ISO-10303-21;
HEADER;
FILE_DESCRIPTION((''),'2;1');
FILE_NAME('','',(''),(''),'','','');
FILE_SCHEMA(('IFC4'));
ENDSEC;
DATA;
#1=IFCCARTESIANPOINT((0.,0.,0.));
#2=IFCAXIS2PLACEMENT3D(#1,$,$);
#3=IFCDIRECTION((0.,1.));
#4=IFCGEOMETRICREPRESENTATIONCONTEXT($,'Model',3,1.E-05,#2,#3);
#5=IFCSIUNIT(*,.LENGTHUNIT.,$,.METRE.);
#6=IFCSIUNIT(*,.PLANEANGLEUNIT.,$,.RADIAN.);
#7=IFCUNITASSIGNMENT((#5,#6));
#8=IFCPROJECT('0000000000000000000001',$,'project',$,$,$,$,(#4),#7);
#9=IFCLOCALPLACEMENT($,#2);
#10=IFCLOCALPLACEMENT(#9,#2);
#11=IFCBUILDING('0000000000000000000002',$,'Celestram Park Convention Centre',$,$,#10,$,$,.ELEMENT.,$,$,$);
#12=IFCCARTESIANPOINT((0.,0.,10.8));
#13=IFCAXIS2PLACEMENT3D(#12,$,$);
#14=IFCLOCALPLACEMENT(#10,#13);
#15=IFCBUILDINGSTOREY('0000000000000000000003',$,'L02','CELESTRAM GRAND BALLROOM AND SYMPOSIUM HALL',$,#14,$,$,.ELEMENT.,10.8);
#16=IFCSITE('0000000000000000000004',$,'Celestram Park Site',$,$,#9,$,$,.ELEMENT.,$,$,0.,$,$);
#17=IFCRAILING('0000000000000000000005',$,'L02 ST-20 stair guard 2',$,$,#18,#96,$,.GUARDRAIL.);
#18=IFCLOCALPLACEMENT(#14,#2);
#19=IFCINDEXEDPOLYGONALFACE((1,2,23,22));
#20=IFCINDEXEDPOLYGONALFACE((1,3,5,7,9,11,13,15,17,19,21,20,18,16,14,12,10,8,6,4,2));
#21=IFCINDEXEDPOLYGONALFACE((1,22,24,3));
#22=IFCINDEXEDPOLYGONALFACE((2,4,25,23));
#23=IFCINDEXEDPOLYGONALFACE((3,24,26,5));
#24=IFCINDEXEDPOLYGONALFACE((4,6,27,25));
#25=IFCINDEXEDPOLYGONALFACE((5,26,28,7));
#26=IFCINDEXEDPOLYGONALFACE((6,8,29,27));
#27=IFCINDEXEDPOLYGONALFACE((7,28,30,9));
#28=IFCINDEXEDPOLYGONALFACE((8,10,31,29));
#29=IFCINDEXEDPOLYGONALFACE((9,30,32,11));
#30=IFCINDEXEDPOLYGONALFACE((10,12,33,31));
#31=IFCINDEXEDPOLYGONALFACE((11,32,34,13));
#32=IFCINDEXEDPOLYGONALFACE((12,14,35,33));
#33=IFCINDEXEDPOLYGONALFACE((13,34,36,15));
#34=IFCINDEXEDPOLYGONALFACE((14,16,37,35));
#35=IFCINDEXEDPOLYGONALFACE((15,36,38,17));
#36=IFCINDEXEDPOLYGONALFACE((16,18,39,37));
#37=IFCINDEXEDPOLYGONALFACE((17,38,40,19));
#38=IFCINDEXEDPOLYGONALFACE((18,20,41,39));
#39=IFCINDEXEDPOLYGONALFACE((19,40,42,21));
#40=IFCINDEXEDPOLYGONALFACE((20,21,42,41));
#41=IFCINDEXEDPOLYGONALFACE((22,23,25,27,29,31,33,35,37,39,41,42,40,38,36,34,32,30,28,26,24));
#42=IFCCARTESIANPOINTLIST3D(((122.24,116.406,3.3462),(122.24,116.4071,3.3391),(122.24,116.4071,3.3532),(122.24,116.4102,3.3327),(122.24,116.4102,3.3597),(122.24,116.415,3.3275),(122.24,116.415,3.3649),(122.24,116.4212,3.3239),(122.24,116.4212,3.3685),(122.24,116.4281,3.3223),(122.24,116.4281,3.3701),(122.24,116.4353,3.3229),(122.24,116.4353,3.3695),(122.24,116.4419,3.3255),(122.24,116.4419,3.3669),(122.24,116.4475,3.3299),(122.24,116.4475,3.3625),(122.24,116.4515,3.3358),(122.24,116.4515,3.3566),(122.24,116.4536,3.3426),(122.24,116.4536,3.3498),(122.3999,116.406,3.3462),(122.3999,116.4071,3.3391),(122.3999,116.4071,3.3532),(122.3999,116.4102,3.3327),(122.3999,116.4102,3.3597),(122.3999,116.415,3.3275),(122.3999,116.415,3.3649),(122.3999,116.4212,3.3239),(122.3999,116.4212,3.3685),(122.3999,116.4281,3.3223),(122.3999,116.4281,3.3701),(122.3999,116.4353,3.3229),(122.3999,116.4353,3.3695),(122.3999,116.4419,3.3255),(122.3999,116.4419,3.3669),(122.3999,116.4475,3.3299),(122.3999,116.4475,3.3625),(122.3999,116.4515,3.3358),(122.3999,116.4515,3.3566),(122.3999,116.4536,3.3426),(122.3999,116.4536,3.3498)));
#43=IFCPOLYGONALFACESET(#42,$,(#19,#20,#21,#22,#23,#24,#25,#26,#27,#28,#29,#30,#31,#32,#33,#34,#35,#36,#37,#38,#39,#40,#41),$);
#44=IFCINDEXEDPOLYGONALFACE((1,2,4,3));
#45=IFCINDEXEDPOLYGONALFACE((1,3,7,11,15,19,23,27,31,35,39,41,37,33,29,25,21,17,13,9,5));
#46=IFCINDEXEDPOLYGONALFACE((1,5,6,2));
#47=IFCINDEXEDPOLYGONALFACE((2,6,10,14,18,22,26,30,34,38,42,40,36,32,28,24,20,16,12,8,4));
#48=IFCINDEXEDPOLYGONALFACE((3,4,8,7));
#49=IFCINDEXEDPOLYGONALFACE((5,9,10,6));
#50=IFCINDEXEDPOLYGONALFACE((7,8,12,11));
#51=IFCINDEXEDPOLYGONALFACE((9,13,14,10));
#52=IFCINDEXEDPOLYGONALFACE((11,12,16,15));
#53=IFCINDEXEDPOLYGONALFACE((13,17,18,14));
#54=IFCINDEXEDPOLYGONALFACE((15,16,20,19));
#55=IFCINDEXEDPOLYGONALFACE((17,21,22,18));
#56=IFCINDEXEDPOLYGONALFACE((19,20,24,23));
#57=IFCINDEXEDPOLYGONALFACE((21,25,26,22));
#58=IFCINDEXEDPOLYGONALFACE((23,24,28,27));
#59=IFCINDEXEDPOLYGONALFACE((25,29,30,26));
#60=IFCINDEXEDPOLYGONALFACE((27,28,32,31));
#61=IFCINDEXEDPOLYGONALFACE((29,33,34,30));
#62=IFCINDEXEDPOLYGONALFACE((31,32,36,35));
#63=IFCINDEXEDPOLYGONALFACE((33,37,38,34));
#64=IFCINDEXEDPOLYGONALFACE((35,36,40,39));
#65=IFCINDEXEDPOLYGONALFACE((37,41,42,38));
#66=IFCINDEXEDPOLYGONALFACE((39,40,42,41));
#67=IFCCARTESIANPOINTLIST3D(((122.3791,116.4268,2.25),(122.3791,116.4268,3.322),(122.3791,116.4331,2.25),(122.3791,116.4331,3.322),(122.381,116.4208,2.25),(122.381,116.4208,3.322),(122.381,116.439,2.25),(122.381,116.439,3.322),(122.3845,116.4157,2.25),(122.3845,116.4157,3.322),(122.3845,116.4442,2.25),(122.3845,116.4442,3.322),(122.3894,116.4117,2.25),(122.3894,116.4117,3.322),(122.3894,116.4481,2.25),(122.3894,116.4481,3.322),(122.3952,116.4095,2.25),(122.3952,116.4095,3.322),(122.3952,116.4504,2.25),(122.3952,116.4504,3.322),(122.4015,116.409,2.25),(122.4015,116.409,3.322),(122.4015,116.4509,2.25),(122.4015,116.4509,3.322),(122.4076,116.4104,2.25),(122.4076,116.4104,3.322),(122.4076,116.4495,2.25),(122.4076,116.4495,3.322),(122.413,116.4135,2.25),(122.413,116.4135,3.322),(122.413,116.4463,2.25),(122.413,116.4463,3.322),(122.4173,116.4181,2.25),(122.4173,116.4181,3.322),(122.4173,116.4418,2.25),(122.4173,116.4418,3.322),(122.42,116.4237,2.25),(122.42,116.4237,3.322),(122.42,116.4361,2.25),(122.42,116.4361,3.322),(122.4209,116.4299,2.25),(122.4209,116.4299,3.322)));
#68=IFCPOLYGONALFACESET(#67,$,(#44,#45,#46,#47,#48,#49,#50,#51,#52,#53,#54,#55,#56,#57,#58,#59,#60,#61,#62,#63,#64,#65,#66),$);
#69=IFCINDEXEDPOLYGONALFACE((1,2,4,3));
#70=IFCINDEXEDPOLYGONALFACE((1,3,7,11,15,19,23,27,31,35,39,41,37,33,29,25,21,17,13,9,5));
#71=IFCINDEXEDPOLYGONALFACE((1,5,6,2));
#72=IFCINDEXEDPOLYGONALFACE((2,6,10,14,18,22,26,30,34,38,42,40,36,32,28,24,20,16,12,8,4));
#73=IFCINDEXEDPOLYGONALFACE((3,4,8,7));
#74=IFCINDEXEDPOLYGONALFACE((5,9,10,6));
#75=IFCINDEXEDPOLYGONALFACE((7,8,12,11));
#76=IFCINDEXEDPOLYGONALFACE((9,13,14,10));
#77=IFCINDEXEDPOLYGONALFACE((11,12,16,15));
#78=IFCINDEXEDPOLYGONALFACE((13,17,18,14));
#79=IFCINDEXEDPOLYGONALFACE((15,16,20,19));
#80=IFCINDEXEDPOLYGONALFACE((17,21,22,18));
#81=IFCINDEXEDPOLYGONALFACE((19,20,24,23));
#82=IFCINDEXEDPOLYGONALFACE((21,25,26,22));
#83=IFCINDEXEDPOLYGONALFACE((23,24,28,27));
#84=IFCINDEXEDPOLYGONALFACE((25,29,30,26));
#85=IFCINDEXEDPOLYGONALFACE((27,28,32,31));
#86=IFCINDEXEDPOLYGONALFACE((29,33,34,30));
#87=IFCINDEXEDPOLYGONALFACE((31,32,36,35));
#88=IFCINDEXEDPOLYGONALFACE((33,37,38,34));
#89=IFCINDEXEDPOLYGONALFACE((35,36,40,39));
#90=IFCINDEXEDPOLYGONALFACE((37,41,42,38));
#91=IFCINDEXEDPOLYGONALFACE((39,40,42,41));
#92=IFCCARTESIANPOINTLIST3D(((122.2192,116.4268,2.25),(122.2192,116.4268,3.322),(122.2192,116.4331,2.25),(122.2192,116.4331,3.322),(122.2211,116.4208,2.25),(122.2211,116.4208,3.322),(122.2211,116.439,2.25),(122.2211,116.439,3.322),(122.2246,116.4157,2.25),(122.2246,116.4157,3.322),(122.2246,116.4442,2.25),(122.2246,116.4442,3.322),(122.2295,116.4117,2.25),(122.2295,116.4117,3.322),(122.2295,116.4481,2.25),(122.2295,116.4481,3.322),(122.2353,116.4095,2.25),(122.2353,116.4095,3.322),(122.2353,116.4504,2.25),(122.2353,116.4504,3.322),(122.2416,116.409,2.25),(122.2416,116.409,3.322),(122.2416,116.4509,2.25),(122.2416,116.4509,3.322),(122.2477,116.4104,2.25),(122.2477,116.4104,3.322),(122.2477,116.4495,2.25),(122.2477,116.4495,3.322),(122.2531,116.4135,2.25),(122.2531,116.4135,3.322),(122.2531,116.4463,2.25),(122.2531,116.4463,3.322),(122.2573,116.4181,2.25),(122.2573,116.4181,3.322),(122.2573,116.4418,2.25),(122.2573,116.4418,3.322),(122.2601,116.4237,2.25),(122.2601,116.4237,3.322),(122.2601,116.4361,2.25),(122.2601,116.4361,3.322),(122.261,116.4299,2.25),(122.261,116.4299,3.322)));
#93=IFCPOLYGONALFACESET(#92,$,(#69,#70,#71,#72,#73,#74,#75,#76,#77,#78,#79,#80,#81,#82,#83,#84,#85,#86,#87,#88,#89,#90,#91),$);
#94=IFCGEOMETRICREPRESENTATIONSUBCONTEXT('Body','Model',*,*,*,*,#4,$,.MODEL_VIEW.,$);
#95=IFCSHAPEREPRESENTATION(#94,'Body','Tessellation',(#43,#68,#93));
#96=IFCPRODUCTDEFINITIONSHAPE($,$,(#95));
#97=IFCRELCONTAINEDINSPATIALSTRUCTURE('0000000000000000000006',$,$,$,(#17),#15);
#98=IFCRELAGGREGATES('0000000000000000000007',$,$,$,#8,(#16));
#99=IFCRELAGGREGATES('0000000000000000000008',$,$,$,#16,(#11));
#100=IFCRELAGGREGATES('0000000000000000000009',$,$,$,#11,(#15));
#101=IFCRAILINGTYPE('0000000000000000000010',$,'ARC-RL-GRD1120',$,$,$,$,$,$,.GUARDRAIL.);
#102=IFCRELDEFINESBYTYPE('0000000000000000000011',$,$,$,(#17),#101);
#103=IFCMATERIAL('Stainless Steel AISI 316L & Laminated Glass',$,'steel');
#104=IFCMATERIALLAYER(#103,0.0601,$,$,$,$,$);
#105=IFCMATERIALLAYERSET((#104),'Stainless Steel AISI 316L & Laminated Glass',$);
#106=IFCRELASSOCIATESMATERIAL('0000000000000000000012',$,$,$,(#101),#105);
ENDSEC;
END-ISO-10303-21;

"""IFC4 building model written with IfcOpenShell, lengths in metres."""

from ifc_helpers import new_model, si_unit, direction, frame, origin, origin_2d, place, context, subcontext, project, spatial, circle, extrude, material, layer, layer_set, type_object, element, save


model = new_model("IFC4")

# Units and contexts
model_context = context("Model", 3, precision=1e-05, world=origin(), true_north=direction((0.0, 1.0)))
body_context = subcontext(model_context, "Body", "Model", "MODEL_VIEW")
ifc_project = project(units=[si_unit("LENGTHUNIT", "METRE"), si_unit("PLANEANGLEUNIT", "RADIAN")], contexts=[model_context])

# Site, building, storey
site_placement = place(None, origin())
site = spatial("IfcSite", under=ifc_project, at=site_placement, Name="Celestram Park Site", CompositionType="ELEMENT", RefElevation=0.0)
building_placement = place(site_placement, origin())
building = spatial("IfcBuilding", under=site, at=building_placement, Name="Celestram Park Convention Centre", CompositionType="ELEMENT")
storey_placement = place(building_placement, frame((0.0, 0.0, 10.8)))
storey = spatial("IfcBuildingStorey", under=building, at=storey_placement, Name="L02", Description="CELESTRAM GRAND BALLROOM AND SYMPOSIUM HALL", CompositionType="ELEMENT", Elevation=10.8)

# Railing
ifc_material_1 = material(Name="Stainless Steel AISI 316L & Laminated Glass", Category="steel")
ifc_layer_1 = layer(ifc_material_1, 0.0601)
ifc_layer_set_1 = layer_set([ifc_layer_1], Name="Stainless Steel AISI 316L & Laminated Glass")
railing_type_1 = type_object("IfcRailingType", Name="ARC-RL-GRD1120", PredefinedType="GUARDRAIL", material=ifc_layer_set_1)
railing_1_placement = place(storey_placement, frame((122.3999, 116.4299, 2.25)))
element("IfcRailing", 1, at=railing_1_placement, inside=storey, type_object=railing_type_1, Name="L02 ST-20 stair guard 2", PredefinedType="GUARDRAIL", context=body_context, shape_type="SweptSolid", body=[
    extrude(circle(Radius=0.0239, at=origin_2d()), frame((0.0, 0.0, 1.0962), z_axis=(-1.0, 0.0, 0.0), x_axis=(0.0, -1.0, 0.0)), (0.0, 0.0, 1.0), 0.1599),
    extrude(circle(Radius=0.021, at=origin_2d()), origin(), (0.0, 0.0, 1.0), 1.072),
    extrude(circle(Radius=0.021, at=origin_2d()), frame((-0.1599, 0.0, 0.0)), (0.0, 0.0, 1.0), 1.072),
])

save(model, "model.ifc")
